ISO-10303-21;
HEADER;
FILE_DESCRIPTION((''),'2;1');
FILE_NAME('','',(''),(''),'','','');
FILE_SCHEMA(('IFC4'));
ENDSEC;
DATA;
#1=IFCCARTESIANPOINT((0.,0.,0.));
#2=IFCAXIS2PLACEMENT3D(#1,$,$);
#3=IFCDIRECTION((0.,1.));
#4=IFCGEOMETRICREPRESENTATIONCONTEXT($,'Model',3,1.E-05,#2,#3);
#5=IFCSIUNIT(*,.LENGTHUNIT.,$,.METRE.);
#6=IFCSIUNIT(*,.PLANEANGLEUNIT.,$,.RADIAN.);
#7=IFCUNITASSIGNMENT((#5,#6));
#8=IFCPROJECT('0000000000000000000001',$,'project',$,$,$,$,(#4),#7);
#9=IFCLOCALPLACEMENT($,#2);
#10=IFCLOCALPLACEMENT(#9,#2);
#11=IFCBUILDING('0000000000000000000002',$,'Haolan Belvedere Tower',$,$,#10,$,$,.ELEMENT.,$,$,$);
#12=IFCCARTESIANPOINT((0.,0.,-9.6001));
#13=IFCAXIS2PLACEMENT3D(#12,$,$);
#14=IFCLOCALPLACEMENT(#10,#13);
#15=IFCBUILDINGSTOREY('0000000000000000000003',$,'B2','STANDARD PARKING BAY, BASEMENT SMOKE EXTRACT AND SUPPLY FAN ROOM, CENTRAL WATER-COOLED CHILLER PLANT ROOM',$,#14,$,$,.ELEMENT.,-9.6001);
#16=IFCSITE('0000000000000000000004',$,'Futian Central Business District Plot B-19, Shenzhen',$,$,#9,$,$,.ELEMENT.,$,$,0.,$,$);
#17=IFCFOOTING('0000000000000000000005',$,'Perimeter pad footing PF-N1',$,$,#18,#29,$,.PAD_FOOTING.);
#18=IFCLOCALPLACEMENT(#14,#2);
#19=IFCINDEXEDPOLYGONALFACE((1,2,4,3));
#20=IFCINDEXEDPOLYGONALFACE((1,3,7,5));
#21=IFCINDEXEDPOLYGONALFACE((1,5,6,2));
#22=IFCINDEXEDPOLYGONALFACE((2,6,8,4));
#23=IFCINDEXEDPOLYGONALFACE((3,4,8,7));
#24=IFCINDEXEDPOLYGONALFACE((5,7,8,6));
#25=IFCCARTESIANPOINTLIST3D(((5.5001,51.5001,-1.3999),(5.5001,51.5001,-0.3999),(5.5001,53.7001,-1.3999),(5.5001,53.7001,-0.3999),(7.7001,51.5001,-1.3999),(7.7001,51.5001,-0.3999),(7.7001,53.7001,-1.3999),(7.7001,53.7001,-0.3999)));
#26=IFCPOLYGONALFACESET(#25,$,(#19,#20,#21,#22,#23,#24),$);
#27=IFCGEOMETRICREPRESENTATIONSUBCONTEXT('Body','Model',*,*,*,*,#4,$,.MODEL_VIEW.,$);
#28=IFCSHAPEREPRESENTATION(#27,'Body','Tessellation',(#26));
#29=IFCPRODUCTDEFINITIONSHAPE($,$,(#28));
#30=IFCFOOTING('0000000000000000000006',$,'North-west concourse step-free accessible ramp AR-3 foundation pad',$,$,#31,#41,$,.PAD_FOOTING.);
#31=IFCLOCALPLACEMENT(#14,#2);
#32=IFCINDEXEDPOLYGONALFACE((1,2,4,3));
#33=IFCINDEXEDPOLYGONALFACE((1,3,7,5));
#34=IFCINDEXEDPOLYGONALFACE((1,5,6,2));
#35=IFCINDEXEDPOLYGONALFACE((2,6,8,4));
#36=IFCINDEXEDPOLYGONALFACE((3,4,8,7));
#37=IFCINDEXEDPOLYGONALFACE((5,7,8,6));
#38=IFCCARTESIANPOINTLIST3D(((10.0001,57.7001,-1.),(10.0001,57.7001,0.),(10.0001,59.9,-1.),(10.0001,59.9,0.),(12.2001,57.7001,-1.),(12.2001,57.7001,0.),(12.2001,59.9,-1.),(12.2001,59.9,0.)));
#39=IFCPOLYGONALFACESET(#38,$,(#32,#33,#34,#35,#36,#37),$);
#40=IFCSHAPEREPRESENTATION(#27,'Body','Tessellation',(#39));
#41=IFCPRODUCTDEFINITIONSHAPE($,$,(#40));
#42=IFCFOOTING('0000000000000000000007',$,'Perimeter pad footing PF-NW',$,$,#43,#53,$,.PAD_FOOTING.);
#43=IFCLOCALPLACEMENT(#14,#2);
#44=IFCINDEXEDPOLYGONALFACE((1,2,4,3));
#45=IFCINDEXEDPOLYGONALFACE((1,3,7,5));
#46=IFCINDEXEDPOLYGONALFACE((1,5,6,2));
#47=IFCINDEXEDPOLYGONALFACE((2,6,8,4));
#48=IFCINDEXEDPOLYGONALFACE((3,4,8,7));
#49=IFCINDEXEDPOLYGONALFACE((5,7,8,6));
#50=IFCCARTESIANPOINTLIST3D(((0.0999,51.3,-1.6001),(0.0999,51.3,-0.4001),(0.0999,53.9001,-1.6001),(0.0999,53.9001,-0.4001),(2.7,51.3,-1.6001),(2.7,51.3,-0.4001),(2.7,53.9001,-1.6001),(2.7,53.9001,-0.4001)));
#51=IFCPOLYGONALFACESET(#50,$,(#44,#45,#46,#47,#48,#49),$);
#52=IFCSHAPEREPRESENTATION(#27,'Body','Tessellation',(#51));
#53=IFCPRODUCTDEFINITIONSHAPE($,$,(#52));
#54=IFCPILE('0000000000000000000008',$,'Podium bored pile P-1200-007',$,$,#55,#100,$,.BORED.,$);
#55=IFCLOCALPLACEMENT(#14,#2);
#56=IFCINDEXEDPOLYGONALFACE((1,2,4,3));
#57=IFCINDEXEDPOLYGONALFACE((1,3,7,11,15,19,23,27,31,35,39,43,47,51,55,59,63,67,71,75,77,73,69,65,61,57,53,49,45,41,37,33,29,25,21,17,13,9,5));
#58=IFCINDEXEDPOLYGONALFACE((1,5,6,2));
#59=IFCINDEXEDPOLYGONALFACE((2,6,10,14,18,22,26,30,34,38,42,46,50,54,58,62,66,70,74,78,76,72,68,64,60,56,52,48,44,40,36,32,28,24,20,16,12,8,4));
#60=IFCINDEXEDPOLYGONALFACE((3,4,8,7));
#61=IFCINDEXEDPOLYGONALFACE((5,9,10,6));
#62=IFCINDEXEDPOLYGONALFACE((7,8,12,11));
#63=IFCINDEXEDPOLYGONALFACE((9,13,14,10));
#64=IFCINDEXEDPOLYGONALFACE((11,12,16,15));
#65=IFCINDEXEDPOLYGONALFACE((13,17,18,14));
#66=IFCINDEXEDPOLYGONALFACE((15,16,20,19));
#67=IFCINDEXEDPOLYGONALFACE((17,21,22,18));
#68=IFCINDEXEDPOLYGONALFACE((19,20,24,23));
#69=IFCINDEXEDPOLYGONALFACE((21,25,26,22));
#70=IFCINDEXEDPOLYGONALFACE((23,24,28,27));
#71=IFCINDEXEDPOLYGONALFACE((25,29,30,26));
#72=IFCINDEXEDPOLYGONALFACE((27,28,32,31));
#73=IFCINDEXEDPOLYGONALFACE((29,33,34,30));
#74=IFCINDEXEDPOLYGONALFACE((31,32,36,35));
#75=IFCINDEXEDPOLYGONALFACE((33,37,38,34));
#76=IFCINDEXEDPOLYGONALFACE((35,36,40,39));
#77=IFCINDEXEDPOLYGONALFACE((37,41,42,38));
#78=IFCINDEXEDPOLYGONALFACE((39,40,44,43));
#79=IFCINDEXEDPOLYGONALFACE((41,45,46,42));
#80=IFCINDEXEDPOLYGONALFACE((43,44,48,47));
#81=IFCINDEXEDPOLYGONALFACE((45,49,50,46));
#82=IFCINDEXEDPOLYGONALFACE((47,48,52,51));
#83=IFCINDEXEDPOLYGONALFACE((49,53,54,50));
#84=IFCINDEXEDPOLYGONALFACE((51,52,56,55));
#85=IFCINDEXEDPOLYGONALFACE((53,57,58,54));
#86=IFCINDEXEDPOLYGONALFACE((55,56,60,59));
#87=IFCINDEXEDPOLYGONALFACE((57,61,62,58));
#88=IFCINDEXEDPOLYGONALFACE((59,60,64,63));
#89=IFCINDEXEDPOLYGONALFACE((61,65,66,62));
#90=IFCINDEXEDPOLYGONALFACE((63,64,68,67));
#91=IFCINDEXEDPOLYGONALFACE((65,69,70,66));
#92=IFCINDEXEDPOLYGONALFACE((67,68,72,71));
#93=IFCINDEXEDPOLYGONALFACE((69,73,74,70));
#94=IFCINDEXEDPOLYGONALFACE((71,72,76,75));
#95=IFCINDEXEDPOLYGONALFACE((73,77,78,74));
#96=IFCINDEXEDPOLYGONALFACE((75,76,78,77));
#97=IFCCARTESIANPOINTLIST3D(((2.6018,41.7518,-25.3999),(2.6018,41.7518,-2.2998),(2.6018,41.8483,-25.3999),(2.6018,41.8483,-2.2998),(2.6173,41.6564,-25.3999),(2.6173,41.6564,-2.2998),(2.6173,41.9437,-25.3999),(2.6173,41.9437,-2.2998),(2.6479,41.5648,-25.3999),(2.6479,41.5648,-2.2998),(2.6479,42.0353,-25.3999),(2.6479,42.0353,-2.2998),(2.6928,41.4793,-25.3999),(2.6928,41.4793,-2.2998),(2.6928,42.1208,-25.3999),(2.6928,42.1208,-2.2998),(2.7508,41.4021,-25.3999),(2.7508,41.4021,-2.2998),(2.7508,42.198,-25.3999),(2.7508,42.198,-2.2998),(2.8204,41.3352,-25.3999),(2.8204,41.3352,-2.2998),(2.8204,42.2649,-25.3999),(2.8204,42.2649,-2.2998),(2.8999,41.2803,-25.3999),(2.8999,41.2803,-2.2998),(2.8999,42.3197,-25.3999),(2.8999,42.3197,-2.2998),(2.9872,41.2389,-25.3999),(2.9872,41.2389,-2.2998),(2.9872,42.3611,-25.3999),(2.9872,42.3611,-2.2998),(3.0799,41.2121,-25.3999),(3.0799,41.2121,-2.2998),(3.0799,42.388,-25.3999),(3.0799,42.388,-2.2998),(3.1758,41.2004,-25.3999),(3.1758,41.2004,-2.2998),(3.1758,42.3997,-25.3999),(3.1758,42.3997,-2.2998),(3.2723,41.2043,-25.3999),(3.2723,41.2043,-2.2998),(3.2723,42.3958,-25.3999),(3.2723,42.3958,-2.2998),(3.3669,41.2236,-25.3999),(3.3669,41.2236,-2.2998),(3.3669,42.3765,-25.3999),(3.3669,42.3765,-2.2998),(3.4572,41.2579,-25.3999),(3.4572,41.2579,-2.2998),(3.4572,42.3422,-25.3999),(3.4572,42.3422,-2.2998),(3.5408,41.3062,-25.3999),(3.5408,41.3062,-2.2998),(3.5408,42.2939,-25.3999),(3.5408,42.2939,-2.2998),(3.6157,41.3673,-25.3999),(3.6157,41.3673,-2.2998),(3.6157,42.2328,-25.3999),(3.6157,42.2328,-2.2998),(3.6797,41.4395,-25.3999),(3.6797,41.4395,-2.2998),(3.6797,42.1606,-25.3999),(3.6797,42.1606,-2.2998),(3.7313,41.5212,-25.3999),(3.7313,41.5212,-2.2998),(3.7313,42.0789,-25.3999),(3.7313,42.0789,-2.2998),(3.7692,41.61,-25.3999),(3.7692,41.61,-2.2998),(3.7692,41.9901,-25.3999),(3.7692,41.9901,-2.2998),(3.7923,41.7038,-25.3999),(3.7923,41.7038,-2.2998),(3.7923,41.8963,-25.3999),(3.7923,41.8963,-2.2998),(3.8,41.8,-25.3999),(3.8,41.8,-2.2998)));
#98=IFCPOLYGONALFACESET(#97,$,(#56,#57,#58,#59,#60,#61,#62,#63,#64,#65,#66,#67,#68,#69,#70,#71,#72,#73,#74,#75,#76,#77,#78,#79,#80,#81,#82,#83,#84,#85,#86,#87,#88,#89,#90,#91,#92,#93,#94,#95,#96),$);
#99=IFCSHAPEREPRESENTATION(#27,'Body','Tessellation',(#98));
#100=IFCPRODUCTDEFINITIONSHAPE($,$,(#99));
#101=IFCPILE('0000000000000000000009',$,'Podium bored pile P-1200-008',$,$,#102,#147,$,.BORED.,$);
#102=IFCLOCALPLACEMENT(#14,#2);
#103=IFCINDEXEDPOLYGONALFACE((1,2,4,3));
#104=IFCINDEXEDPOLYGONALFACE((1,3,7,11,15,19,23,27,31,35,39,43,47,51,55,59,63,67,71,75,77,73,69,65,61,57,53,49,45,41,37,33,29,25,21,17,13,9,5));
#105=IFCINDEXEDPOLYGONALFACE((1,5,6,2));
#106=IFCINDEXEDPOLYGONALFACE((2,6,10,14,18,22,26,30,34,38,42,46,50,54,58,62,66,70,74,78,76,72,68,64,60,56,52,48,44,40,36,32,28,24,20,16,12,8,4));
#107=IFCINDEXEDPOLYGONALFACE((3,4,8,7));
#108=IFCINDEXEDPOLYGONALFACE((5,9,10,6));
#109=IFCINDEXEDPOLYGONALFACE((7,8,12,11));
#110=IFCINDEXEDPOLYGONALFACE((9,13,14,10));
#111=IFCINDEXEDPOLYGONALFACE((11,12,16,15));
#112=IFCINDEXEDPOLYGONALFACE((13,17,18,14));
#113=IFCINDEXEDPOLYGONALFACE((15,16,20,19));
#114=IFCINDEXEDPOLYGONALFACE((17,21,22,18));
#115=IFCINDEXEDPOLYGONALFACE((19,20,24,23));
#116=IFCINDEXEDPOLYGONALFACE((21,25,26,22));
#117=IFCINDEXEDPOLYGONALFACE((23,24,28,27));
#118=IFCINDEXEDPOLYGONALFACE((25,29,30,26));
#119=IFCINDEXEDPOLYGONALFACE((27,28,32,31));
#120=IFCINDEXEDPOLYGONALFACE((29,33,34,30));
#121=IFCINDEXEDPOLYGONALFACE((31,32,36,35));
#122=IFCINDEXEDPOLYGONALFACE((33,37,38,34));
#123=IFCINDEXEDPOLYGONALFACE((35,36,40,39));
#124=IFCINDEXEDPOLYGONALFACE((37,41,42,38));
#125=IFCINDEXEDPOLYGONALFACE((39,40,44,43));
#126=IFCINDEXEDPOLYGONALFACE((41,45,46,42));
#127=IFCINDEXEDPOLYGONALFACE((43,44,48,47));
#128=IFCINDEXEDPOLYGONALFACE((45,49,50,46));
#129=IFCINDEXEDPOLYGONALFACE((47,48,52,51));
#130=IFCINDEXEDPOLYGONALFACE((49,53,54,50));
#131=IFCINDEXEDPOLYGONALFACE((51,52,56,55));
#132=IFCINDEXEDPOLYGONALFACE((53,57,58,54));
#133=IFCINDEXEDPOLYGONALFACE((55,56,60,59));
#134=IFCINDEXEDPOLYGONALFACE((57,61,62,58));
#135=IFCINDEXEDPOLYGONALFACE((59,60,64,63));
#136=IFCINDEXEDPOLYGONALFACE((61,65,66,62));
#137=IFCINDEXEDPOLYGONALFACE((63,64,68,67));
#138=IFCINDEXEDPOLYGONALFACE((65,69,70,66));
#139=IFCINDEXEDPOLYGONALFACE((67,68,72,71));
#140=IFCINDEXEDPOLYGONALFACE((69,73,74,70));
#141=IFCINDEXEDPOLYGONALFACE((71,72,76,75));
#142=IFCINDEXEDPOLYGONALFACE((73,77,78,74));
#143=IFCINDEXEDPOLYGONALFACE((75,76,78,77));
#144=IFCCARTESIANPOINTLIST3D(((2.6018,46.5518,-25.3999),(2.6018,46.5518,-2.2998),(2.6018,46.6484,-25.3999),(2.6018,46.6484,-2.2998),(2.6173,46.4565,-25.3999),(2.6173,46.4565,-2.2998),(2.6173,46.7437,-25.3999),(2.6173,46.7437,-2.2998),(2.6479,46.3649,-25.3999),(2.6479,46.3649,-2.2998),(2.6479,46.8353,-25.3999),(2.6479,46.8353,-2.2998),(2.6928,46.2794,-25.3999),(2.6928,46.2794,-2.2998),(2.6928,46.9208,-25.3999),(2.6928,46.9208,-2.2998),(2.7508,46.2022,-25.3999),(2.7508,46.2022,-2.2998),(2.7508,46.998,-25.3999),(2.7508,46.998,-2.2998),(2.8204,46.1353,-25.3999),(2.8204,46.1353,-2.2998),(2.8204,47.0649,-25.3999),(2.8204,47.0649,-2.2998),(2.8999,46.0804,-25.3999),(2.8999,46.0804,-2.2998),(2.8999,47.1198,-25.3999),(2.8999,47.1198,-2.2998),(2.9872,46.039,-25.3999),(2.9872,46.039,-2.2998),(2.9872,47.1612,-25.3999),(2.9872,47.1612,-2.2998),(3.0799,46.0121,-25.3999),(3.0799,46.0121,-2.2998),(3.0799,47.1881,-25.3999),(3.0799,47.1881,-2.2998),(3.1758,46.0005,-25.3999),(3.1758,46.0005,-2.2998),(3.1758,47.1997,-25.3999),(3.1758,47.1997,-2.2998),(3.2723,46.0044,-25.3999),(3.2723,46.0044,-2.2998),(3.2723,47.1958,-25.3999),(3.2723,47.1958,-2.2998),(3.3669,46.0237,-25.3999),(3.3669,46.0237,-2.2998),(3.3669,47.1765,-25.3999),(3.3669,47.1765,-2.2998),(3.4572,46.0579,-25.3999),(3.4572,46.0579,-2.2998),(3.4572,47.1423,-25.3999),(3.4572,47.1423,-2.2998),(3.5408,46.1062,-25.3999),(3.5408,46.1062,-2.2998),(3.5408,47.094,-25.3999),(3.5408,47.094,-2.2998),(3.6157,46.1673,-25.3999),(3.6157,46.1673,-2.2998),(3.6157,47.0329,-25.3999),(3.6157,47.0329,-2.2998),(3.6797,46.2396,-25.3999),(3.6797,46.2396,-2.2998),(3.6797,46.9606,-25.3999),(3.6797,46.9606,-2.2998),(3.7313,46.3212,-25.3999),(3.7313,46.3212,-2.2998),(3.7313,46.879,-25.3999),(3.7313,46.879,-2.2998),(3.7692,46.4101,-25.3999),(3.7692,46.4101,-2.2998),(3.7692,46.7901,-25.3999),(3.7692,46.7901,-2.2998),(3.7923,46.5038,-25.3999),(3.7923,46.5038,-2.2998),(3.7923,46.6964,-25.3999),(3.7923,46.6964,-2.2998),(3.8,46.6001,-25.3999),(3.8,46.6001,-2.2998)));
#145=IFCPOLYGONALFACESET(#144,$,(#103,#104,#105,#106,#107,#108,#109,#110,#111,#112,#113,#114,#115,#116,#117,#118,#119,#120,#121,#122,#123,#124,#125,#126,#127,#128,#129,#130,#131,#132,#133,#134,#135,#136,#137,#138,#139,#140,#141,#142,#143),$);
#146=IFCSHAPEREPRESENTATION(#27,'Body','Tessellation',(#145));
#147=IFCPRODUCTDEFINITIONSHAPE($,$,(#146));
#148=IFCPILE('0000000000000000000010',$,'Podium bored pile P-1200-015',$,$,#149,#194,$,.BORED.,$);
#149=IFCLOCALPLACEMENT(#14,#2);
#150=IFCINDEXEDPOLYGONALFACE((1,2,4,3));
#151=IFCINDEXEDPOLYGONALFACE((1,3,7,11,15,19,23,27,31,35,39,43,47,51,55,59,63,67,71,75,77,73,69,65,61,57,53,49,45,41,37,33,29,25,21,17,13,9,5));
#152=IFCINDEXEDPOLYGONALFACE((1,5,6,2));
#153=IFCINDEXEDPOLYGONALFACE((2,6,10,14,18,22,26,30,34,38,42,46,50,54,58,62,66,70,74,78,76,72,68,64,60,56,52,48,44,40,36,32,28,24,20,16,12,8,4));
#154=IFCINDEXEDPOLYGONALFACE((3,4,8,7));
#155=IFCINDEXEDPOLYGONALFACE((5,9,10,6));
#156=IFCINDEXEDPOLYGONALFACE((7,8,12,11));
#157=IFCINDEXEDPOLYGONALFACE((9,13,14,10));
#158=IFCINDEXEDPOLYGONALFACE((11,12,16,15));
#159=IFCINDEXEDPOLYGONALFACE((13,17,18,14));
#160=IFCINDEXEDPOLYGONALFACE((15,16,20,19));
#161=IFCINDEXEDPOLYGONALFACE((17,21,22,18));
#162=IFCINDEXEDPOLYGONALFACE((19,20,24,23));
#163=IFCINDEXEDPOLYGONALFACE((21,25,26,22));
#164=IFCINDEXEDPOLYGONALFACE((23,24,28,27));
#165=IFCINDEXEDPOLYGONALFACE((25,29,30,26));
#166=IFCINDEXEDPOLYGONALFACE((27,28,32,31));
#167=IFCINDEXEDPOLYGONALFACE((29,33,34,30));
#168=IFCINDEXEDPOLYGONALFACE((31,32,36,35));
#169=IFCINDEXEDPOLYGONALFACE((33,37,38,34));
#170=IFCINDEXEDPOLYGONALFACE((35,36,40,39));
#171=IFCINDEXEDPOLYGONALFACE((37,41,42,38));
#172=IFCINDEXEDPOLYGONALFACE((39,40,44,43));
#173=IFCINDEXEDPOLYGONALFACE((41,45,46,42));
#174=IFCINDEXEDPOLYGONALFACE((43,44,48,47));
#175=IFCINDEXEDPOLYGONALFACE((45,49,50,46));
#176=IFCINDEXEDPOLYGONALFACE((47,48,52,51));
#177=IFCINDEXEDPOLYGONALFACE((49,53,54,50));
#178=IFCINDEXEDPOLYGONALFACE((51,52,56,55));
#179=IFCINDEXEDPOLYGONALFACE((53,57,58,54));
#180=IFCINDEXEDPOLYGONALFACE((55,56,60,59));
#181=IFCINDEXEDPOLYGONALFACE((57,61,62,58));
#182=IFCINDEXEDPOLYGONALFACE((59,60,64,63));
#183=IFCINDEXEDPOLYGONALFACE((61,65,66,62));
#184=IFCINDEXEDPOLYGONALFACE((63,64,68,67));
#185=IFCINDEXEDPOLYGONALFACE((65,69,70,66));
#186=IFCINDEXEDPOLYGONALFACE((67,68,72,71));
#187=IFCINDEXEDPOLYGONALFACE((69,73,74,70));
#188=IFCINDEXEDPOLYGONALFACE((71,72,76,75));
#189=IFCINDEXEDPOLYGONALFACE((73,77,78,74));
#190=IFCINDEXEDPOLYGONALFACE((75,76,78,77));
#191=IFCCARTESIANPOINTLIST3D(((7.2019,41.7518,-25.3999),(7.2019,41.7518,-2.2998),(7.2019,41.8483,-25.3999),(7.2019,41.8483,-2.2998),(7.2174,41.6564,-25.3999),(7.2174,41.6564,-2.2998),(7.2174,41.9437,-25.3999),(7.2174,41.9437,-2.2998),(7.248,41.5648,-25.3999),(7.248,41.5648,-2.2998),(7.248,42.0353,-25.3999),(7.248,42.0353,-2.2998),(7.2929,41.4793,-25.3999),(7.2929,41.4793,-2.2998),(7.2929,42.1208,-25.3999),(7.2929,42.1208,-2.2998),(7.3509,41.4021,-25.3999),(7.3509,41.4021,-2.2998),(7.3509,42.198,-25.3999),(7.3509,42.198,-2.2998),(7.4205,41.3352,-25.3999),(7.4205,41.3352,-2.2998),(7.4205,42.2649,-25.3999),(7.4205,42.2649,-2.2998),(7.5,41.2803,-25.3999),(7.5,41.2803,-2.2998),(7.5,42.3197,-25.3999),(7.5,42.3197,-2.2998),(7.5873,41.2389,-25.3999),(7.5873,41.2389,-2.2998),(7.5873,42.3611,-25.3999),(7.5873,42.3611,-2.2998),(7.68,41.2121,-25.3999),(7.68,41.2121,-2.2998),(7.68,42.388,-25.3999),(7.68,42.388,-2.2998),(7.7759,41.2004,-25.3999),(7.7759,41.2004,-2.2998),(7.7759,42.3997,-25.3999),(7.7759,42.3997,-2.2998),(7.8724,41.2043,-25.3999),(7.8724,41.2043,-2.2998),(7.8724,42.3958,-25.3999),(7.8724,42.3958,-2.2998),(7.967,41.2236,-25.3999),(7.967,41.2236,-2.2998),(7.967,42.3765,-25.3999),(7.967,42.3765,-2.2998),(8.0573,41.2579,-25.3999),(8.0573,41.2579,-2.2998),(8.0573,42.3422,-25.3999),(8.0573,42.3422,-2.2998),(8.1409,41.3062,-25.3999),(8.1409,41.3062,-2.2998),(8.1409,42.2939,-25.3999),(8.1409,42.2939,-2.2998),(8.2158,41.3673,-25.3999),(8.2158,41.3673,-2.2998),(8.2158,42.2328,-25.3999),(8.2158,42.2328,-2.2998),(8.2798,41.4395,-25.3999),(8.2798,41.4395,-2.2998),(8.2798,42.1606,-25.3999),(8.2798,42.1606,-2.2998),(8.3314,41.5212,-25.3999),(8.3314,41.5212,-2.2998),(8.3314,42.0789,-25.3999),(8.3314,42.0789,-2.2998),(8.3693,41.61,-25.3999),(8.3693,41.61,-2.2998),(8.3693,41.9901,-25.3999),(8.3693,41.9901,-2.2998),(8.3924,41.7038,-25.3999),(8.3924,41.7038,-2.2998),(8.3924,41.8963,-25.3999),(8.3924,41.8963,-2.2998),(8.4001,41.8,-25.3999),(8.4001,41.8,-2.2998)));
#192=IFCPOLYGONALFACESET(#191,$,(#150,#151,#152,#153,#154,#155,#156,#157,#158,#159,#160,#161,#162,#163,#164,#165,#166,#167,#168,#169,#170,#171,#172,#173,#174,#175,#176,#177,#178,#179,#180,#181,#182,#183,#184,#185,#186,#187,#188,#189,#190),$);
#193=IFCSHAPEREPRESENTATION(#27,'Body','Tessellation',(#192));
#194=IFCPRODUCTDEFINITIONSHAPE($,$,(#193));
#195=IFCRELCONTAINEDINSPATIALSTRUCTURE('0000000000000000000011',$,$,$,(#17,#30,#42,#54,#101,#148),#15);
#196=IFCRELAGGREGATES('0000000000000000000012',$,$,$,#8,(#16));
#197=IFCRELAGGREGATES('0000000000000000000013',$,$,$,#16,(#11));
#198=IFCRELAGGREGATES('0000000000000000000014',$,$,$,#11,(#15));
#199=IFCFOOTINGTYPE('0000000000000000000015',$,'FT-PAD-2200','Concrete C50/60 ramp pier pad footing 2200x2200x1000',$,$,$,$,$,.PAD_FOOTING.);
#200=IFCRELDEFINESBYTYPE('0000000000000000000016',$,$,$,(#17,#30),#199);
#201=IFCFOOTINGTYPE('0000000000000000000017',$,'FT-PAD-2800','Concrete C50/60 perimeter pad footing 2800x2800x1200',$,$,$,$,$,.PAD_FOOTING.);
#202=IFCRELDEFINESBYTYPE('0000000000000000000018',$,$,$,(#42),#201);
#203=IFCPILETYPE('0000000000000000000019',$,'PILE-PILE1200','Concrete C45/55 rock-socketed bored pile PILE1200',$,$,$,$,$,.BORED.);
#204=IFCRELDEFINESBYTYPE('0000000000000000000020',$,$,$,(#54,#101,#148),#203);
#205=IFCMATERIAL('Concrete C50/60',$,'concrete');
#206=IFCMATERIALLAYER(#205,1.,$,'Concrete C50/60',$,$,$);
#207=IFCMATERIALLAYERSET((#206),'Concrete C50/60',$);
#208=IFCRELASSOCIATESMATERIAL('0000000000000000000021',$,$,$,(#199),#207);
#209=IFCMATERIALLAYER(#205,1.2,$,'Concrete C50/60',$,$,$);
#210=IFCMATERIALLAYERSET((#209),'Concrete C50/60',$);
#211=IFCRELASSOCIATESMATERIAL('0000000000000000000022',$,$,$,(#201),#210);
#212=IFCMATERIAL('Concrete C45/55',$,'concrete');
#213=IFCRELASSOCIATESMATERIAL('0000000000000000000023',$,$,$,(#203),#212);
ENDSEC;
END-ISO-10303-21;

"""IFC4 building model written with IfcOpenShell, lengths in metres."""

from ifc_helpers import new_model, si_unit, direction, frame, origin, origin_2d, place, context, subcontext, project, spatial, rectangle, circle, extrude, material, layer, layer_set, material_profile, profile_set, type_object, element, save


model = new_model("IFC4")

# Units and contexts
model_context = context("Model", 3, precision=1e-05, world=origin(), true_north=direction((0.0, 1.0)))
body_context = subcontext(model_context, "Body", "Model", "MODEL_VIEW")
ifc_project = project(units=[si_unit("LENGTHUNIT", "METRE"), si_unit("PLANEANGLEUNIT", "RADIAN")], contexts=[model_context])

# Site, building, storey
site_placement = place(None, origin())
site = spatial("IfcSite", under=ifc_project, at=site_placement, Name="Futian Central Business District Plot B-19, Shenzhen", CompositionType="ELEMENT", RefElevation=0.0)
building_placement = place(site_placement, origin())
building = spatial("IfcBuilding", under=site, at=building_placement, Name="Haolan Belvedere Tower", CompositionType="ELEMENT")
storey_placement = place(building_placement, frame((0.0, 0.0, -9.6001)))
storey = spatial("IfcBuildingStorey", under=building, at=storey_placement, Name="B2", Description="STANDARD PARKING BAY, BASEMENT SMOKE EXTRACT AND SUPPLY FAN ROOM, CENTRAL WATER-COOLED CHILLER PLANT ROOM", CompositionType="ELEMENT", Elevation=-9.6001)

# Footings
ifc_material_1 = material(Name="Concrete C50/60", Category="concrete")
ifc_layer_1 = layer(ifc_material_1, 1.0, Name="Concrete C50/60")
ifc_layer_set_1 = layer_set([ifc_layer_1], Name="Concrete C50/60")
footing_type_1 = type_object("IfcFootingType", Name="FT-PAD-2200", Description="Concrete C50/60 ramp pier pad footing 2200x2200x1000", PredefinedType="PAD_FOOTING", material=ifc_layer_set_1)
for number, where, z_axis, x_axis, name in (
    (1, (6.6001, 52.6001, -1.3999), (0.0, 0.0, 1.0), (1.0, 0.0, 0.0), "Perimeter pad footing PF-N1"),
    (2, (11.1001, 58.8, -1.0), (0.0, 0.0, 1.0), (1.0, 0.0, 0.0), "North-west concourse step-free accessible ramp AR-3 foundation pad"),
):
    element("IfcFooting", number, at=place(storey_placement, frame(where, z_axis=z_axis, x_axis=x_axis)), inside=storey, type_object=footing_type_1, Name=name, PredefinedType="PAD_FOOTING", context=body_context, shape_type="SweptSolid", body=[
        extrude(rectangle(XDim=2.2, YDim=2.2, at=origin_2d()), origin(), (0.0, 0.0, 1.0), 1.0),
    ])
ifc_layer_2 = layer(ifc_material_1, 1.2, Name="Concrete C50/60")
ifc_layer_set_2 = layer_set([ifc_layer_2], Name="Concrete C50/60")
footing_type_2 = type_object("IfcFootingType", Name="FT-PAD-2800", Description="Concrete C50/60 perimeter pad footing 2800x2800x1200", PredefinedType="PAD_FOOTING", material=ifc_layer_set_2)
footing_placement = place(storey_placement, frame((1.3999, 52.6001, -1.6001), z_axis=(0.0, 0.0, 1.0), x_axis=(1.0, 0.0, 0.0)))
element("IfcFooting", 3, at=footing_placement, inside=storey, type_object=footing_type_2, Name="Perimeter pad footing PF-NW", PredefinedType="PAD_FOOTING", context=body_context, shape_type="SweptSolid", body=[
    extrude(rectangle(XDim=2.6001, YDim=2.6001, at=origin_2d()), origin(), (0.0, 0.0, 1.0), 1.2),
])

# Piles
ifc_material_2 = material(Name="Concrete C45/55", Category="concrete")
ifc_material_profile_1 = material_profile(ifc_material_2, circle(Radius=0.6001, at=origin_2d()), Name="Concrete C45/55")
ifc_profile_set_1 = profile_set([ifc_material_profile_1], Name="Concrete C45/55")
pile_type_1 = type_object("IfcPileType", Name="PILE-PILE1200", Description="Concrete C45/55 rock-socketed bored pile PILE1200", PredefinedType="BORED", material=ifc_profile_set_1)
for number, where, z_axis, x_axis, name in (
    (4, (3.2, 41.8, -2.2998), (0.0, 0.0, -1.0), (1.0, 0.0, 0.0), "Podium bored pile P-1200-007"),
    (5, (3.2, 46.6001, -2.2998), (0.0, 0.0, -1.0), (1.0, 0.0, 0.0), "Podium bored pile P-1200-008"),
    (6, (7.8, 41.8, -2.2998), (0.0, 0.0, -1.0), (1.0, 0.0, 0.0), "Podium bored pile P-1200-015"),
):
    element("IfcPile", number, at=place(storey_placement, frame(where, z_axis=z_axis, x_axis=x_axis)), inside=storey, type_object=pile_type_1, Name=name, PredefinedType="BORED", context=body_context, shape_type="SweptSolid", body=[
        extrude(circle(Radius=0.6001, at=origin_2d()), origin(), (0.0, 0.0, 1.0), 23.1001),
    ])

save(model, "model.ifc")
